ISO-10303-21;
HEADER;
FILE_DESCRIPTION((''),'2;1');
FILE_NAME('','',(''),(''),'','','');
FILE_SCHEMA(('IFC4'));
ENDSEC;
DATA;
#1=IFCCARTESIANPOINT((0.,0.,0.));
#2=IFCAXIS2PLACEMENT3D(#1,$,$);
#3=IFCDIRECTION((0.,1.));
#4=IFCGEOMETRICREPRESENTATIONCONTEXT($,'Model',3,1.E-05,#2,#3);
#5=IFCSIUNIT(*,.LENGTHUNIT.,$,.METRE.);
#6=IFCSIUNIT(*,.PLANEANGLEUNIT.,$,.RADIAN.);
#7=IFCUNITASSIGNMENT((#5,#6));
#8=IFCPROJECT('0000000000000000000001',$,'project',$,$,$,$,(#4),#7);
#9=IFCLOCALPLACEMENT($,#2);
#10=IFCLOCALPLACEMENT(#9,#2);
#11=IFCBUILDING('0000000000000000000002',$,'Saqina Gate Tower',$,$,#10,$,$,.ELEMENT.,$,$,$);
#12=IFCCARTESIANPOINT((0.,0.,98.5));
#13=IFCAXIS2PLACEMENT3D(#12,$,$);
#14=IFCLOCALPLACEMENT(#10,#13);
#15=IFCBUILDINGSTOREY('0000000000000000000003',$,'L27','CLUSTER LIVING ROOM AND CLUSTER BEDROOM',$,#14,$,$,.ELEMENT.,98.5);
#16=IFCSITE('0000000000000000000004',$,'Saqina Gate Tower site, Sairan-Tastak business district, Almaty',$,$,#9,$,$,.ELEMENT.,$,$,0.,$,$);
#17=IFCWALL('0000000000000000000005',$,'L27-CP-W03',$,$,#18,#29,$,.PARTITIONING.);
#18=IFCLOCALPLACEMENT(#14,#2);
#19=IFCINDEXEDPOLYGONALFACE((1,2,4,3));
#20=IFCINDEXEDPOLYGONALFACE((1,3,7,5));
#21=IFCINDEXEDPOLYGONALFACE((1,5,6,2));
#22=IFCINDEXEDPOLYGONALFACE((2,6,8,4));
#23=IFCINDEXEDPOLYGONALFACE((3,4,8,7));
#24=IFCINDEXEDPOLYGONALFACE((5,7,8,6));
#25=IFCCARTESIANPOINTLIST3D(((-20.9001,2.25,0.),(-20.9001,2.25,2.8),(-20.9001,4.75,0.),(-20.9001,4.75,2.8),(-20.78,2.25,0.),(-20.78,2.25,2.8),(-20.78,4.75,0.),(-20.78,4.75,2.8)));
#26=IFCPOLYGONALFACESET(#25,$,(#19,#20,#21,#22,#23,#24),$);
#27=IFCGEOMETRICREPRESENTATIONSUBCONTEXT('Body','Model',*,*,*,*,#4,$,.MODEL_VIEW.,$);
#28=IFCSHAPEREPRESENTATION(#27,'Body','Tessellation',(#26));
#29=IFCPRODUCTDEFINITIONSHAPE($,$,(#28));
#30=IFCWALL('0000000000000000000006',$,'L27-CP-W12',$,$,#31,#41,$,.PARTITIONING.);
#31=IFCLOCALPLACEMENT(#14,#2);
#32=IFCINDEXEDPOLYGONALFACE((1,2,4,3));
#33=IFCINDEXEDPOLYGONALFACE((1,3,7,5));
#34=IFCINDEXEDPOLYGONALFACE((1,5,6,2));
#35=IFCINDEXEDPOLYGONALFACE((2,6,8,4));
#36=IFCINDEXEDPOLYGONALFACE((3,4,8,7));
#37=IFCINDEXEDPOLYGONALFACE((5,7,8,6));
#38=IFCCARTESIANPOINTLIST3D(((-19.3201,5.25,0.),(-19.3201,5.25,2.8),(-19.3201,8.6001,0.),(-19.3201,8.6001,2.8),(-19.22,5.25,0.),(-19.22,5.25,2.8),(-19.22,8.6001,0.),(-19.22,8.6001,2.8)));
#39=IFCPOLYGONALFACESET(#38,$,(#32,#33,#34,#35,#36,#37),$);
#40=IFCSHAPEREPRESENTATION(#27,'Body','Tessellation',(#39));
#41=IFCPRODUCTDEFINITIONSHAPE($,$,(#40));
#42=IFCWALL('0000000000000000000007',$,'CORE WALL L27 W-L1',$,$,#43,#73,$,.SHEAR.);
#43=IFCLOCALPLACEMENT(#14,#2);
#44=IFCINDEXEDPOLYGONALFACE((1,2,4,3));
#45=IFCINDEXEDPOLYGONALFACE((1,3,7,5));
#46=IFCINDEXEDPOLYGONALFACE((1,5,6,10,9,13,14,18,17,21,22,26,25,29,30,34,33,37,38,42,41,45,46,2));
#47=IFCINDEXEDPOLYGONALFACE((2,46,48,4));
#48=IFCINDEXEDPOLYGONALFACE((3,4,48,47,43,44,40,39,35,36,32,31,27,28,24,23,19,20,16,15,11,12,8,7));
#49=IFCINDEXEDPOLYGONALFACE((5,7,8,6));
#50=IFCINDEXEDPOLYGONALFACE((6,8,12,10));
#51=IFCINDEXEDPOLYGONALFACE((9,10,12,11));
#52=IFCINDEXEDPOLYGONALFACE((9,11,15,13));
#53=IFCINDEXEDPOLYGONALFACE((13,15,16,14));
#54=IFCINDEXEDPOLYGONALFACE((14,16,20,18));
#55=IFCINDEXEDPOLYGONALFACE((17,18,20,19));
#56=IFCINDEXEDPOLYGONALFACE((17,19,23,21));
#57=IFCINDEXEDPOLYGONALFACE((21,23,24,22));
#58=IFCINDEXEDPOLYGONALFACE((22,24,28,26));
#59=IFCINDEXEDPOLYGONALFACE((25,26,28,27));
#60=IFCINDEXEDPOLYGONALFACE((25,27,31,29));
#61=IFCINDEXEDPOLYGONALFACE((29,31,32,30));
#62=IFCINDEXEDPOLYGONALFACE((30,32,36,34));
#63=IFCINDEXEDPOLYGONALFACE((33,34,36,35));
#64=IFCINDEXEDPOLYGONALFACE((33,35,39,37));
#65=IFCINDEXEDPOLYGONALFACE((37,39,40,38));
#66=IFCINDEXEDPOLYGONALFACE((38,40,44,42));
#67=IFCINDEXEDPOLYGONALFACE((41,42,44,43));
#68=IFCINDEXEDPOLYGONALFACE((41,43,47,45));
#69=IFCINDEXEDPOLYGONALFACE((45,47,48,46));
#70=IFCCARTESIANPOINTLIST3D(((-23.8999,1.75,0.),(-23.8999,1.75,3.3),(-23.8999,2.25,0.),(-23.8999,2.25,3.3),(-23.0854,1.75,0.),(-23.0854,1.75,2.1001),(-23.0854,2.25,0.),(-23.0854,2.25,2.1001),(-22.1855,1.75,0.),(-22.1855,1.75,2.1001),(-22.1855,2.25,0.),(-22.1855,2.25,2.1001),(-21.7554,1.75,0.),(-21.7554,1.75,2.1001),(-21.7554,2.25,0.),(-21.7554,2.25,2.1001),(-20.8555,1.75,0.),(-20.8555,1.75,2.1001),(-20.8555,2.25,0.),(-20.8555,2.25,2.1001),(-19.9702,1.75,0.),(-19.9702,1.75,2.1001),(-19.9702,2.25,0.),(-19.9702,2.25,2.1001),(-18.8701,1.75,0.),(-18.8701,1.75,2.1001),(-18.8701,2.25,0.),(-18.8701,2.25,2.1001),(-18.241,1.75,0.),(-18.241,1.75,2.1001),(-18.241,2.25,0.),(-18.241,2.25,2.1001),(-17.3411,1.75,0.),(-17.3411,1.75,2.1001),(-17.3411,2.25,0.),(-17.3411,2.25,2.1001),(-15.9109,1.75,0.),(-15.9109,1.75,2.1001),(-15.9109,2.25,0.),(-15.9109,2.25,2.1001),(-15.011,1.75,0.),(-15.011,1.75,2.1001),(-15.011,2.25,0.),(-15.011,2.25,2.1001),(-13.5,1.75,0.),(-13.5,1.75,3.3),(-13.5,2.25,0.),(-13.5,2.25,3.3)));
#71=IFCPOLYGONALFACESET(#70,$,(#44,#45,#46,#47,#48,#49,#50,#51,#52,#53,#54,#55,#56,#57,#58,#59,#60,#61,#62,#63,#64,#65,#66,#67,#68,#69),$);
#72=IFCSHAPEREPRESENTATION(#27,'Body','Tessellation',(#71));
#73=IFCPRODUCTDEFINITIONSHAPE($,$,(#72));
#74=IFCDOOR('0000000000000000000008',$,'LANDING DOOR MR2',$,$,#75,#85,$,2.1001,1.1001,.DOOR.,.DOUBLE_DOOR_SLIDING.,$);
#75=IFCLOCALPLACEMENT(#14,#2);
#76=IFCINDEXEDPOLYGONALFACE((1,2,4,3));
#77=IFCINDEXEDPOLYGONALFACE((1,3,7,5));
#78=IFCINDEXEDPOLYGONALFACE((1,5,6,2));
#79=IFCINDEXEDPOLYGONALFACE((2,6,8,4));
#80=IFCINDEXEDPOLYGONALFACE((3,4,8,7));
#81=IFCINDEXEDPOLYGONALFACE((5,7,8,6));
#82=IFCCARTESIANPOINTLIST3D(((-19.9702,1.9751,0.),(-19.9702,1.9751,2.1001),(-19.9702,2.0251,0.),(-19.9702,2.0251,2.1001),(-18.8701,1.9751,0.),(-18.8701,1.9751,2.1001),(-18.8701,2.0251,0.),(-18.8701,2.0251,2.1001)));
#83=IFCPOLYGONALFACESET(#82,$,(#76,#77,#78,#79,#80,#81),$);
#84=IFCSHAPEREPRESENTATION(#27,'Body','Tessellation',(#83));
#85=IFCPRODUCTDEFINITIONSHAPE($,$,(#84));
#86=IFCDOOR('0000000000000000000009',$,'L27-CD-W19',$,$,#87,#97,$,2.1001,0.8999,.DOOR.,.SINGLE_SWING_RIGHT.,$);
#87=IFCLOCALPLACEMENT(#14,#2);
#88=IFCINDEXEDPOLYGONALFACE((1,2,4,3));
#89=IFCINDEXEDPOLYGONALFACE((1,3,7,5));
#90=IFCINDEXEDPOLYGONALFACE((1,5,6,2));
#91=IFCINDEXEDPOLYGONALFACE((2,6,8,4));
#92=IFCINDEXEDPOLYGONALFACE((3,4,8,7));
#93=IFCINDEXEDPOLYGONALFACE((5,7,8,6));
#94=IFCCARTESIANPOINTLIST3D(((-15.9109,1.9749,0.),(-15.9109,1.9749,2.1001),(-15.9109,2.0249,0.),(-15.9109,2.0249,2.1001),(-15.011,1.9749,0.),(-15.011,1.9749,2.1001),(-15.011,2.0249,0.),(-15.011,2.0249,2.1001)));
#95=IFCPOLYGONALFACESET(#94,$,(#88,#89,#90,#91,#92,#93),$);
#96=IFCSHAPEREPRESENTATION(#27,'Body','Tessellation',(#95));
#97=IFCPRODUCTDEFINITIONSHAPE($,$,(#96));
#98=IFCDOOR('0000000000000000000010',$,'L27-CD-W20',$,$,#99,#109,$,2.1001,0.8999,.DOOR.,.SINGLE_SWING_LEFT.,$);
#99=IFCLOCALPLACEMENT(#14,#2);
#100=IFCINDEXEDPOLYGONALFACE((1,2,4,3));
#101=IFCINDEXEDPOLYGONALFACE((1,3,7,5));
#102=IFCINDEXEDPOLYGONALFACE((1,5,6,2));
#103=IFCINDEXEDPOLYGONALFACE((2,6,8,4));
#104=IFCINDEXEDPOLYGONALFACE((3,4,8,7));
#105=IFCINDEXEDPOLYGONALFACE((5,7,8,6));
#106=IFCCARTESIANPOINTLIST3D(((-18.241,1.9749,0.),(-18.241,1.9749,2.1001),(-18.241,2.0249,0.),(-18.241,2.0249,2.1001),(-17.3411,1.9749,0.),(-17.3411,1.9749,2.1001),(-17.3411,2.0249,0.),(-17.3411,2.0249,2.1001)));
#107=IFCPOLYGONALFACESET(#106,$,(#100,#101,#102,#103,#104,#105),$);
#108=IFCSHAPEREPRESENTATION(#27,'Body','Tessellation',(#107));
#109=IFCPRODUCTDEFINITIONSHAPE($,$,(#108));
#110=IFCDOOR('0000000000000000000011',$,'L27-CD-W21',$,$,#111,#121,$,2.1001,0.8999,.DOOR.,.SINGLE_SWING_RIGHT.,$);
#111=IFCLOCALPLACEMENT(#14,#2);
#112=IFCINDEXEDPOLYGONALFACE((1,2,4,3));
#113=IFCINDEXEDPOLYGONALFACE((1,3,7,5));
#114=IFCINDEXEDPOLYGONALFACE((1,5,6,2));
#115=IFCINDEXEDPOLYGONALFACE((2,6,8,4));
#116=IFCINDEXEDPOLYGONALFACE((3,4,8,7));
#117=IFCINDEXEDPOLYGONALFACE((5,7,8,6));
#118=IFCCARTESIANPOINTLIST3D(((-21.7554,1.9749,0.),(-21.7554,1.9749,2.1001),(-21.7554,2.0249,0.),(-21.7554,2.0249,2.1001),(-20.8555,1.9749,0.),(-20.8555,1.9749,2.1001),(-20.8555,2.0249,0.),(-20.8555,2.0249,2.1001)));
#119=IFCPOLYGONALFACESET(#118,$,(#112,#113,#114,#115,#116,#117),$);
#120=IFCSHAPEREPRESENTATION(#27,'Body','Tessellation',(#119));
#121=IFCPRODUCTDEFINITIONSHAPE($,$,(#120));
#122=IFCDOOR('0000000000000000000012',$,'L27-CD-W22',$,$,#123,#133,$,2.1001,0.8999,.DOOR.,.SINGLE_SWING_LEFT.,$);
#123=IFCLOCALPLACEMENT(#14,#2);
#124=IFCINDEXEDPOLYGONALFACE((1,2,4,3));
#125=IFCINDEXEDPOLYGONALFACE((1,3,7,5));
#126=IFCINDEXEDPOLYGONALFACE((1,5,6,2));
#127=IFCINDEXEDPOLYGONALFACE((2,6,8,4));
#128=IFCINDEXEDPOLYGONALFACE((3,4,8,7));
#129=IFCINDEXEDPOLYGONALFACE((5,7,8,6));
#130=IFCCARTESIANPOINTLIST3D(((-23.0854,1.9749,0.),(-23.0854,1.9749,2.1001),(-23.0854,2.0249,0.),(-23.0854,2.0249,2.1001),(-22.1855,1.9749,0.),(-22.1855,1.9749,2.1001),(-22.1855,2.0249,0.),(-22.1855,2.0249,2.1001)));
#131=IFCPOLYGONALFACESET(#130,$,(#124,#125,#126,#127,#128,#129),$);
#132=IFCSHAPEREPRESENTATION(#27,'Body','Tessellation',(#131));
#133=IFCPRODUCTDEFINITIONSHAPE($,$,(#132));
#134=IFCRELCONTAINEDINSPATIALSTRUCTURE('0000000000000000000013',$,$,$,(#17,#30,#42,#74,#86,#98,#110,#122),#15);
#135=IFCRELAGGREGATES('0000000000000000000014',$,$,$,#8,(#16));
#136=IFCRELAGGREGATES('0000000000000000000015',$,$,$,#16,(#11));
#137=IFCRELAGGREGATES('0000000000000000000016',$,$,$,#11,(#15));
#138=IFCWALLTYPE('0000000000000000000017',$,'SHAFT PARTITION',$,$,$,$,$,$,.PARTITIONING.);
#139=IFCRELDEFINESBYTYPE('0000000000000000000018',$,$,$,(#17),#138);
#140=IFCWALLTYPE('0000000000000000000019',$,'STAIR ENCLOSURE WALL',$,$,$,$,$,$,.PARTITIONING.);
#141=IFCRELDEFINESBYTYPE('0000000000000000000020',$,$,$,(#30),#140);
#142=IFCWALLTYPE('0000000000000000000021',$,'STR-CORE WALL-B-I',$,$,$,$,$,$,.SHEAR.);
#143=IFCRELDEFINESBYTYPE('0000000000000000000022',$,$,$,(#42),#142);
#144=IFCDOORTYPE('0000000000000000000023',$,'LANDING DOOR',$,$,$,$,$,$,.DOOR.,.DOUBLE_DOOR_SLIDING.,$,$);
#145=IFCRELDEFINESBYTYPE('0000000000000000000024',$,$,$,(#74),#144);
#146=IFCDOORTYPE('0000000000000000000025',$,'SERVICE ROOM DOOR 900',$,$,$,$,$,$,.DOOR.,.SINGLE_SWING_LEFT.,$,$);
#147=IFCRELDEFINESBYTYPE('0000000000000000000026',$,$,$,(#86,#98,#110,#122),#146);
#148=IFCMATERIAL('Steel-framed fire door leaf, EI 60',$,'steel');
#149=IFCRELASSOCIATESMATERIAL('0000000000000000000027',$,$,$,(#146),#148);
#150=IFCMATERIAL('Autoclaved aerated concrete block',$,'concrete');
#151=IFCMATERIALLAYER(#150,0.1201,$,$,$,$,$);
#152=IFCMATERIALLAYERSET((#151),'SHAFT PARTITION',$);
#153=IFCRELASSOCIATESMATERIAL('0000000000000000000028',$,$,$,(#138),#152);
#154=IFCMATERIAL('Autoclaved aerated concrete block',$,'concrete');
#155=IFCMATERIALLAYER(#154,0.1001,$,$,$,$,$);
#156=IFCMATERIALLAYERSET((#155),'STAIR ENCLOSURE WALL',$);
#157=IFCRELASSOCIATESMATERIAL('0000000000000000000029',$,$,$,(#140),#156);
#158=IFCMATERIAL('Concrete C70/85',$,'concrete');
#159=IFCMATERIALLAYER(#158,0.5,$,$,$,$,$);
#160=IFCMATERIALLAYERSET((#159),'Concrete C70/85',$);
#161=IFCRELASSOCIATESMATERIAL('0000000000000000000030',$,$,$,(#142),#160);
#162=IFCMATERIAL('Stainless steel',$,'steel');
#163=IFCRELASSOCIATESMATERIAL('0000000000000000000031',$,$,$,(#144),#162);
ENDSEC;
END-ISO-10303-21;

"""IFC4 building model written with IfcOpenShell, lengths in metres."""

from ifc_helpers import new_model, si_unit, direction, frame, frame_2d, origin, place, context, subcontext, project, spatial, rectangle, extrude, material, layer, layer_set, type_object, element, fill, save


model = new_model("IFC4")

# Units and contexts
model_context = context("Model", 3, precision=1e-05, world=origin(), true_north=direction((0.0, 1.0)))
body_context = subcontext(model_context, "Body", "Model", "MODEL_VIEW")
ifc_project = project(units=[si_unit("LENGTHUNIT", "METRE"), si_unit("PLANEANGLEUNIT", "RADIAN")], contexts=[model_context])

# Site, building, storey
site_placement = place(None, origin())
site = spatial("IfcSite", under=ifc_project, at=site_placement, Name="Saqina Gate Tower site, Sairan-Tastak business district, Almaty", CompositionType="ELEMENT", RefElevation=0.0)
building_placement = place(site_placement, origin())
building = spatial("IfcBuilding", under=site, at=building_placement, Name="Saqina Gate Tower", CompositionType="ELEMENT")
storey_placement = place(building_placement, frame((0.0, 0.0, 98.5)))
storey = spatial("IfcBuildingStorey", under=building, at=storey_placement, Name="L27", Description="CLUSTER LIVING ROOM AND CLUSTER BEDROOM", CompositionType="ELEMENT", Elevation=98.5)

# Shared definitions
ifc_material_1 = material(Name="Steel-framed fire door leaf, EI 60", Category="steel")
door_type_1 = type_object("IfcDoorType", Name="SERVICE ROOM DOOR 900", OperationType="SINGLE_SWING_LEFT", PredefinedType="DOOR", material=ifc_material_1)

# Walls
ifc_material_2 = material(Name="Autoclaved aerated concrete block", Category="concrete")
ifc_layer_1 = layer(ifc_material_2, 0.1201)
ifc_layer_set_1 = layer_set([ifc_layer_1], Name="SHAFT PARTITION")
wall_type_1 = type_object("IfcWallType", Name="SHAFT PARTITION", PredefinedType="PARTITIONING", material=ifc_layer_set_1)
for number, where, z_axis, x_axis, name in (
    (1, (-20.8401, 2.25, 0.0), (0.0, 0.0, 1.0), (0.0, 1.0, 0.0), "L27-CP-W03"),
):
    element("IfcWall", number, at=place(storey_placement, frame(where, z_axis=z_axis, x_axis=x_axis)), inside=storey, type_object=wall_type_1, Name=name, PredefinedType="PARTITIONING", context=body_context, shape_type="SweptSolid", body=[
        extrude(rectangle(XDim=2.5, YDim=0.1201, at=frame_2d((1.25, 0.0))), origin(), (0.0, 0.0, 1.0), 2.8),
    ])
ifc_material_3 = material(Name="Autoclaved aerated concrete block", Category="concrete")
ifc_layer_2 = layer(ifc_material_3, 0.1001)
ifc_layer_set_2 = layer_set([ifc_layer_2], Name="STAIR ENCLOSURE WALL")
wall_type_2 = type_object("IfcWallType", Name="STAIR ENCLOSURE WALL", PredefinedType="PARTITIONING", material=ifc_layer_set_2)
wall_1_placement = place(storey_placement, frame((-19.27, 5.25, 0.0), z_axis=(0.0, 0.0, 1.0), x_axis=(0.0, 1.0, 0.0)))
element("IfcWall", 2, at=wall_1_placement, inside=storey, type_object=wall_type_2, Name="L27-CP-W12", PredefinedType="PARTITIONING", context=body_context, shape_type="SweptSolid", body=[
    extrude(rectangle(XDim=3.3501, YDim=0.1001, at=frame_2d((1.675, 0.0))), origin(), (0.0, 0.0, 1.0), 2.8),
])

# Wall, openings, doors
ifc_material_4 = material(Name="Concrete C70/85", Category="concrete")
ifc_layer_3 = layer(ifc_material_4, 0.5)
ifc_layer_set_3 = layer_set([ifc_layer_3], Name="Concrete C70/85")
wall_type_3 = type_object("IfcWallType", Name="STR-CORE WALL-B-I", PredefinedType="SHEAR", material=ifc_layer_set_3)
wall_2_placement = place(storey_placement, frame((-13.5, 2.0, 0.0), z_axis=(0.0, 0.0, 1.0), x_axis=(-1.0, 0.0, 0.0)))
wall_2 = element("IfcWall", 3, at=wall_2_placement, inside=storey, type_object=wall_type_3, Name="CORE WALL L27 W-L1", PredefinedType="SHEAR", context=body_context, shape_type="SweptSolid", body=[
    extrude(rectangle(XDim=10.3999, YDim=0.5, at=frame_2d((5.2, 0.0))), origin(), (0.0, 0.0, 1.0), 3.3),
])
opening_1_placement = place(wall_2_placement, frame((5.3701, 0.0, 0.0)))
opening_1 = element("IfcOpeningElement", 4, at=opening_1_placement, cuts=wall_2, PredefinedType="OPENING", context=body_context, shape_type="SweptSolid", body=[
    extrude(rectangle(XDim=1.1001, YDim=2.1001, at=frame_2d((0.55, 1.05))), frame((0.0, 0.262, 0.0), z_axis=(0.0, -1.0, 0.0), x_axis=(1.0, 0.0, 0.0)), (0.0, 0.0, 1.0), 0.5239),
])
opening_2_placement = place(wall_2_placement, frame((1.511, 0.0, 0.0)))
opening_2 = element("IfcOpeningElement", 5, at=opening_2_placement, cuts=wall_2, PredefinedType="OPENING", context=body_context, shape_type="SweptSolid", body=[
    extrude(rectangle(XDim=0.8999, YDim=2.1001, at=frame_2d((0.45, 1.05))), frame((0.0, 0.262, 0.0), z_axis=(0.0, -1.0, 0.0), x_axis=(1.0, 0.0, 0.0)), (0.0, 0.0, 1.0), 0.5239),
])
opening_3_placement = place(wall_2_placement, frame((3.8411, 0.0, 0.0)))
opening_3 = element("IfcOpeningElement", 6, at=opening_3_placement, cuts=wall_2, PredefinedType="OPENING", context=body_context, shape_type="SweptSolid", body=[
    extrude(rectangle(XDim=0.8999, YDim=2.1001, at=frame_2d((0.45, 1.05))), frame((0.0, 0.262, 0.0), z_axis=(0.0, -1.0, 0.0), x_axis=(1.0, 0.0, 0.0)), (0.0, 0.0, 1.0), 0.5239),
])
opening_4_placement = place(wall_2_placement, frame((7.3555, 0.0, 0.0)))
opening_4 = element("IfcOpeningElement", 7, at=opening_4_placement, cuts=wall_2, PredefinedType="OPENING", context=body_context, shape_type="SweptSolid", body=[
    extrude(rectangle(XDim=0.8999, YDim=2.1001, at=frame_2d((0.45, 1.05))), frame((0.0, 0.262, 0.0), z_axis=(0.0, -1.0, 0.0), x_axis=(1.0, 0.0, 0.0)), (0.0, 0.0, 1.0), 0.5239),
])
opening_5_placement = place(wall_2_placement, frame((8.6855, 0.0, 0.0)))
opening_5 = element("IfcOpeningElement", 8, at=opening_5_placement, cuts=wall_2, PredefinedType="OPENING", context=body_context, shape_type="SweptSolid", body=[
    extrude(rectangle(XDim=0.8999, YDim=2.1001, at=frame_2d((0.45, 1.05))), frame((0.0, 0.262, 0.0), z_axis=(0.0, -1.0, 0.0), x_axis=(1.0, 0.0, 0.0)), (0.0, 0.0, 1.0), 0.5239),
])
ifc_material_5 = material(Name="Stainless steel", Category="steel")
door_type_2 = type_object("IfcDoorType", Name="LANDING DOOR", OperationType="DOUBLE_DOOR_SLIDING", PredefinedType="DOOR", material=ifc_material_5)
door_1_placement = place(opening_1_placement, origin())
door_1 = element("IfcDoor", 9, at=door_1_placement, inside=storey, type_object=door_type_2, Name="LANDING DOOR MR2", OperationType="DOUBLE_DOOR_SLIDING", OverallHeight=2.1001, OverallWidth=1.1001, PredefinedType="DOOR", context=body_context, shape_type="SweptSolid", body=[
    extrude(rectangle(XDim=1.1001, YDim=2.1001, at=frame_2d((0.55, 1.05))), frame((0.0, 0.0249, 0.0), z_axis=(0.0, -1.0, 0.0), x_axis=(1.0, 0.0, 0.0)), (0.0, 0.0, 1.0), 0.05),
])
fill(opening_1, door_1)
door_2_placement = place(opening_2_placement, frame((0.8999, 0.0, 0.0), z_axis=(0.0, 0.0, 1.0), x_axis=(-1.0, 0.0, 0.0)))
door_2 = element("IfcDoor", 10, at=door_2_placement, inside=storey, type_object=door_type_1, Name="L27-CD-W19", OperationType="SINGLE_SWING_RIGHT", OverallHeight=2.1001, OverallWidth=0.8999, PredefinedType="DOOR", context=body_context, shape_type="SweptSolid", body=[
    extrude(rectangle(XDim=0.8999, YDim=2.1001, at=frame_2d((0.45, 1.05))), frame((0.0, 0.0249, 0.0), z_axis=(0.0, -1.0, 0.0), x_axis=(1.0, 0.0, 0.0)), (0.0, 0.0, 1.0), 0.05),
])
fill(opening_2, door_2)
door_3_placement = place(opening_3_placement, frame((0.8999, 0.0, 0.0), z_axis=(0.0, 0.0, 1.0), x_axis=(-1.0, 0.0, 0.0)))
door_3 = element("IfcDoor", 11, at=door_3_placement, inside=storey, type_object=door_type_1, Name="L27-CD-W20", OperationType="SINGLE_SWING_LEFT", OverallHeight=2.1001, OverallWidth=0.8999, PredefinedType="DOOR", context=body_context, shape_type="SweptSolid", body=[
    extrude(rectangle(XDim=0.8999, YDim=2.1001, at=frame_2d((0.45, 1.05))), frame((0.0, 0.0249, 0.0), z_axis=(0.0, -1.0, 0.0), x_axis=(1.0, 0.0, 0.0)), (0.0, 0.0, 1.0), 0.05),
])
fill(opening_3, door_3)
door_4_placement = place(opening_4_placement, frame((0.8999, 0.0, 0.0), z_axis=(0.0, 0.0, 1.0), x_axis=(-1.0, 0.0, 0.0)))
door_4 = element("IfcDoor", 12, at=door_4_placement, inside=storey, type_object=door_type_1, Name="L27-CD-W21", OperationType="SINGLE_SWING_RIGHT", OverallHeight=2.1001, OverallWidth=0.8999, PredefinedType="DOOR", context=body_context, shape_type="SweptSolid", body=[
    extrude(rectangle(XDim=0.8999, YDim=2.1001, at=frame_2d((0.45, 1.05))), frame((0.0, 0.0249, 0.0), z_axis=(0.0, -1.0, 0.0), x_axis=(1.0, 0.0, 0.0)), (0.0, 0.0, 1.0), 0.05),
])
fill(opening_4, door_4)
door_5_placement = place(opening_5_placement, frame((0.8999, 0.0, 0.0), z_axis=(0.0, 0.0, 1.0), x_axis=(-1.0, 0.0, 0.0)))
door_5 = element("IfcDoor", 13, at=door_5_placement, inside=storey, type_object=door_type_1, Name="L27-CD-W22", OperationType="SINGLE_SWING_LEFT", OverallHeight=2.1001, OverallWidth=0.8999, PredefinedType="DOOR", context=body_context, shape_type="SweptSolid", body=[
    extrude(rectangle(XDim=0.8999, YDim=2.1001, at=frame_2d((0.45, 1.05))), frame((0.0, 0.0249, 0.0), z_axis=(0.0, -1.0, 0.0), x_axis=(1.0, 0.0, 0.0)), (0.0, 0.0, 1.0), 0.05),
])
fill(opening_5, door_5)

save(model, "model.ifc")
